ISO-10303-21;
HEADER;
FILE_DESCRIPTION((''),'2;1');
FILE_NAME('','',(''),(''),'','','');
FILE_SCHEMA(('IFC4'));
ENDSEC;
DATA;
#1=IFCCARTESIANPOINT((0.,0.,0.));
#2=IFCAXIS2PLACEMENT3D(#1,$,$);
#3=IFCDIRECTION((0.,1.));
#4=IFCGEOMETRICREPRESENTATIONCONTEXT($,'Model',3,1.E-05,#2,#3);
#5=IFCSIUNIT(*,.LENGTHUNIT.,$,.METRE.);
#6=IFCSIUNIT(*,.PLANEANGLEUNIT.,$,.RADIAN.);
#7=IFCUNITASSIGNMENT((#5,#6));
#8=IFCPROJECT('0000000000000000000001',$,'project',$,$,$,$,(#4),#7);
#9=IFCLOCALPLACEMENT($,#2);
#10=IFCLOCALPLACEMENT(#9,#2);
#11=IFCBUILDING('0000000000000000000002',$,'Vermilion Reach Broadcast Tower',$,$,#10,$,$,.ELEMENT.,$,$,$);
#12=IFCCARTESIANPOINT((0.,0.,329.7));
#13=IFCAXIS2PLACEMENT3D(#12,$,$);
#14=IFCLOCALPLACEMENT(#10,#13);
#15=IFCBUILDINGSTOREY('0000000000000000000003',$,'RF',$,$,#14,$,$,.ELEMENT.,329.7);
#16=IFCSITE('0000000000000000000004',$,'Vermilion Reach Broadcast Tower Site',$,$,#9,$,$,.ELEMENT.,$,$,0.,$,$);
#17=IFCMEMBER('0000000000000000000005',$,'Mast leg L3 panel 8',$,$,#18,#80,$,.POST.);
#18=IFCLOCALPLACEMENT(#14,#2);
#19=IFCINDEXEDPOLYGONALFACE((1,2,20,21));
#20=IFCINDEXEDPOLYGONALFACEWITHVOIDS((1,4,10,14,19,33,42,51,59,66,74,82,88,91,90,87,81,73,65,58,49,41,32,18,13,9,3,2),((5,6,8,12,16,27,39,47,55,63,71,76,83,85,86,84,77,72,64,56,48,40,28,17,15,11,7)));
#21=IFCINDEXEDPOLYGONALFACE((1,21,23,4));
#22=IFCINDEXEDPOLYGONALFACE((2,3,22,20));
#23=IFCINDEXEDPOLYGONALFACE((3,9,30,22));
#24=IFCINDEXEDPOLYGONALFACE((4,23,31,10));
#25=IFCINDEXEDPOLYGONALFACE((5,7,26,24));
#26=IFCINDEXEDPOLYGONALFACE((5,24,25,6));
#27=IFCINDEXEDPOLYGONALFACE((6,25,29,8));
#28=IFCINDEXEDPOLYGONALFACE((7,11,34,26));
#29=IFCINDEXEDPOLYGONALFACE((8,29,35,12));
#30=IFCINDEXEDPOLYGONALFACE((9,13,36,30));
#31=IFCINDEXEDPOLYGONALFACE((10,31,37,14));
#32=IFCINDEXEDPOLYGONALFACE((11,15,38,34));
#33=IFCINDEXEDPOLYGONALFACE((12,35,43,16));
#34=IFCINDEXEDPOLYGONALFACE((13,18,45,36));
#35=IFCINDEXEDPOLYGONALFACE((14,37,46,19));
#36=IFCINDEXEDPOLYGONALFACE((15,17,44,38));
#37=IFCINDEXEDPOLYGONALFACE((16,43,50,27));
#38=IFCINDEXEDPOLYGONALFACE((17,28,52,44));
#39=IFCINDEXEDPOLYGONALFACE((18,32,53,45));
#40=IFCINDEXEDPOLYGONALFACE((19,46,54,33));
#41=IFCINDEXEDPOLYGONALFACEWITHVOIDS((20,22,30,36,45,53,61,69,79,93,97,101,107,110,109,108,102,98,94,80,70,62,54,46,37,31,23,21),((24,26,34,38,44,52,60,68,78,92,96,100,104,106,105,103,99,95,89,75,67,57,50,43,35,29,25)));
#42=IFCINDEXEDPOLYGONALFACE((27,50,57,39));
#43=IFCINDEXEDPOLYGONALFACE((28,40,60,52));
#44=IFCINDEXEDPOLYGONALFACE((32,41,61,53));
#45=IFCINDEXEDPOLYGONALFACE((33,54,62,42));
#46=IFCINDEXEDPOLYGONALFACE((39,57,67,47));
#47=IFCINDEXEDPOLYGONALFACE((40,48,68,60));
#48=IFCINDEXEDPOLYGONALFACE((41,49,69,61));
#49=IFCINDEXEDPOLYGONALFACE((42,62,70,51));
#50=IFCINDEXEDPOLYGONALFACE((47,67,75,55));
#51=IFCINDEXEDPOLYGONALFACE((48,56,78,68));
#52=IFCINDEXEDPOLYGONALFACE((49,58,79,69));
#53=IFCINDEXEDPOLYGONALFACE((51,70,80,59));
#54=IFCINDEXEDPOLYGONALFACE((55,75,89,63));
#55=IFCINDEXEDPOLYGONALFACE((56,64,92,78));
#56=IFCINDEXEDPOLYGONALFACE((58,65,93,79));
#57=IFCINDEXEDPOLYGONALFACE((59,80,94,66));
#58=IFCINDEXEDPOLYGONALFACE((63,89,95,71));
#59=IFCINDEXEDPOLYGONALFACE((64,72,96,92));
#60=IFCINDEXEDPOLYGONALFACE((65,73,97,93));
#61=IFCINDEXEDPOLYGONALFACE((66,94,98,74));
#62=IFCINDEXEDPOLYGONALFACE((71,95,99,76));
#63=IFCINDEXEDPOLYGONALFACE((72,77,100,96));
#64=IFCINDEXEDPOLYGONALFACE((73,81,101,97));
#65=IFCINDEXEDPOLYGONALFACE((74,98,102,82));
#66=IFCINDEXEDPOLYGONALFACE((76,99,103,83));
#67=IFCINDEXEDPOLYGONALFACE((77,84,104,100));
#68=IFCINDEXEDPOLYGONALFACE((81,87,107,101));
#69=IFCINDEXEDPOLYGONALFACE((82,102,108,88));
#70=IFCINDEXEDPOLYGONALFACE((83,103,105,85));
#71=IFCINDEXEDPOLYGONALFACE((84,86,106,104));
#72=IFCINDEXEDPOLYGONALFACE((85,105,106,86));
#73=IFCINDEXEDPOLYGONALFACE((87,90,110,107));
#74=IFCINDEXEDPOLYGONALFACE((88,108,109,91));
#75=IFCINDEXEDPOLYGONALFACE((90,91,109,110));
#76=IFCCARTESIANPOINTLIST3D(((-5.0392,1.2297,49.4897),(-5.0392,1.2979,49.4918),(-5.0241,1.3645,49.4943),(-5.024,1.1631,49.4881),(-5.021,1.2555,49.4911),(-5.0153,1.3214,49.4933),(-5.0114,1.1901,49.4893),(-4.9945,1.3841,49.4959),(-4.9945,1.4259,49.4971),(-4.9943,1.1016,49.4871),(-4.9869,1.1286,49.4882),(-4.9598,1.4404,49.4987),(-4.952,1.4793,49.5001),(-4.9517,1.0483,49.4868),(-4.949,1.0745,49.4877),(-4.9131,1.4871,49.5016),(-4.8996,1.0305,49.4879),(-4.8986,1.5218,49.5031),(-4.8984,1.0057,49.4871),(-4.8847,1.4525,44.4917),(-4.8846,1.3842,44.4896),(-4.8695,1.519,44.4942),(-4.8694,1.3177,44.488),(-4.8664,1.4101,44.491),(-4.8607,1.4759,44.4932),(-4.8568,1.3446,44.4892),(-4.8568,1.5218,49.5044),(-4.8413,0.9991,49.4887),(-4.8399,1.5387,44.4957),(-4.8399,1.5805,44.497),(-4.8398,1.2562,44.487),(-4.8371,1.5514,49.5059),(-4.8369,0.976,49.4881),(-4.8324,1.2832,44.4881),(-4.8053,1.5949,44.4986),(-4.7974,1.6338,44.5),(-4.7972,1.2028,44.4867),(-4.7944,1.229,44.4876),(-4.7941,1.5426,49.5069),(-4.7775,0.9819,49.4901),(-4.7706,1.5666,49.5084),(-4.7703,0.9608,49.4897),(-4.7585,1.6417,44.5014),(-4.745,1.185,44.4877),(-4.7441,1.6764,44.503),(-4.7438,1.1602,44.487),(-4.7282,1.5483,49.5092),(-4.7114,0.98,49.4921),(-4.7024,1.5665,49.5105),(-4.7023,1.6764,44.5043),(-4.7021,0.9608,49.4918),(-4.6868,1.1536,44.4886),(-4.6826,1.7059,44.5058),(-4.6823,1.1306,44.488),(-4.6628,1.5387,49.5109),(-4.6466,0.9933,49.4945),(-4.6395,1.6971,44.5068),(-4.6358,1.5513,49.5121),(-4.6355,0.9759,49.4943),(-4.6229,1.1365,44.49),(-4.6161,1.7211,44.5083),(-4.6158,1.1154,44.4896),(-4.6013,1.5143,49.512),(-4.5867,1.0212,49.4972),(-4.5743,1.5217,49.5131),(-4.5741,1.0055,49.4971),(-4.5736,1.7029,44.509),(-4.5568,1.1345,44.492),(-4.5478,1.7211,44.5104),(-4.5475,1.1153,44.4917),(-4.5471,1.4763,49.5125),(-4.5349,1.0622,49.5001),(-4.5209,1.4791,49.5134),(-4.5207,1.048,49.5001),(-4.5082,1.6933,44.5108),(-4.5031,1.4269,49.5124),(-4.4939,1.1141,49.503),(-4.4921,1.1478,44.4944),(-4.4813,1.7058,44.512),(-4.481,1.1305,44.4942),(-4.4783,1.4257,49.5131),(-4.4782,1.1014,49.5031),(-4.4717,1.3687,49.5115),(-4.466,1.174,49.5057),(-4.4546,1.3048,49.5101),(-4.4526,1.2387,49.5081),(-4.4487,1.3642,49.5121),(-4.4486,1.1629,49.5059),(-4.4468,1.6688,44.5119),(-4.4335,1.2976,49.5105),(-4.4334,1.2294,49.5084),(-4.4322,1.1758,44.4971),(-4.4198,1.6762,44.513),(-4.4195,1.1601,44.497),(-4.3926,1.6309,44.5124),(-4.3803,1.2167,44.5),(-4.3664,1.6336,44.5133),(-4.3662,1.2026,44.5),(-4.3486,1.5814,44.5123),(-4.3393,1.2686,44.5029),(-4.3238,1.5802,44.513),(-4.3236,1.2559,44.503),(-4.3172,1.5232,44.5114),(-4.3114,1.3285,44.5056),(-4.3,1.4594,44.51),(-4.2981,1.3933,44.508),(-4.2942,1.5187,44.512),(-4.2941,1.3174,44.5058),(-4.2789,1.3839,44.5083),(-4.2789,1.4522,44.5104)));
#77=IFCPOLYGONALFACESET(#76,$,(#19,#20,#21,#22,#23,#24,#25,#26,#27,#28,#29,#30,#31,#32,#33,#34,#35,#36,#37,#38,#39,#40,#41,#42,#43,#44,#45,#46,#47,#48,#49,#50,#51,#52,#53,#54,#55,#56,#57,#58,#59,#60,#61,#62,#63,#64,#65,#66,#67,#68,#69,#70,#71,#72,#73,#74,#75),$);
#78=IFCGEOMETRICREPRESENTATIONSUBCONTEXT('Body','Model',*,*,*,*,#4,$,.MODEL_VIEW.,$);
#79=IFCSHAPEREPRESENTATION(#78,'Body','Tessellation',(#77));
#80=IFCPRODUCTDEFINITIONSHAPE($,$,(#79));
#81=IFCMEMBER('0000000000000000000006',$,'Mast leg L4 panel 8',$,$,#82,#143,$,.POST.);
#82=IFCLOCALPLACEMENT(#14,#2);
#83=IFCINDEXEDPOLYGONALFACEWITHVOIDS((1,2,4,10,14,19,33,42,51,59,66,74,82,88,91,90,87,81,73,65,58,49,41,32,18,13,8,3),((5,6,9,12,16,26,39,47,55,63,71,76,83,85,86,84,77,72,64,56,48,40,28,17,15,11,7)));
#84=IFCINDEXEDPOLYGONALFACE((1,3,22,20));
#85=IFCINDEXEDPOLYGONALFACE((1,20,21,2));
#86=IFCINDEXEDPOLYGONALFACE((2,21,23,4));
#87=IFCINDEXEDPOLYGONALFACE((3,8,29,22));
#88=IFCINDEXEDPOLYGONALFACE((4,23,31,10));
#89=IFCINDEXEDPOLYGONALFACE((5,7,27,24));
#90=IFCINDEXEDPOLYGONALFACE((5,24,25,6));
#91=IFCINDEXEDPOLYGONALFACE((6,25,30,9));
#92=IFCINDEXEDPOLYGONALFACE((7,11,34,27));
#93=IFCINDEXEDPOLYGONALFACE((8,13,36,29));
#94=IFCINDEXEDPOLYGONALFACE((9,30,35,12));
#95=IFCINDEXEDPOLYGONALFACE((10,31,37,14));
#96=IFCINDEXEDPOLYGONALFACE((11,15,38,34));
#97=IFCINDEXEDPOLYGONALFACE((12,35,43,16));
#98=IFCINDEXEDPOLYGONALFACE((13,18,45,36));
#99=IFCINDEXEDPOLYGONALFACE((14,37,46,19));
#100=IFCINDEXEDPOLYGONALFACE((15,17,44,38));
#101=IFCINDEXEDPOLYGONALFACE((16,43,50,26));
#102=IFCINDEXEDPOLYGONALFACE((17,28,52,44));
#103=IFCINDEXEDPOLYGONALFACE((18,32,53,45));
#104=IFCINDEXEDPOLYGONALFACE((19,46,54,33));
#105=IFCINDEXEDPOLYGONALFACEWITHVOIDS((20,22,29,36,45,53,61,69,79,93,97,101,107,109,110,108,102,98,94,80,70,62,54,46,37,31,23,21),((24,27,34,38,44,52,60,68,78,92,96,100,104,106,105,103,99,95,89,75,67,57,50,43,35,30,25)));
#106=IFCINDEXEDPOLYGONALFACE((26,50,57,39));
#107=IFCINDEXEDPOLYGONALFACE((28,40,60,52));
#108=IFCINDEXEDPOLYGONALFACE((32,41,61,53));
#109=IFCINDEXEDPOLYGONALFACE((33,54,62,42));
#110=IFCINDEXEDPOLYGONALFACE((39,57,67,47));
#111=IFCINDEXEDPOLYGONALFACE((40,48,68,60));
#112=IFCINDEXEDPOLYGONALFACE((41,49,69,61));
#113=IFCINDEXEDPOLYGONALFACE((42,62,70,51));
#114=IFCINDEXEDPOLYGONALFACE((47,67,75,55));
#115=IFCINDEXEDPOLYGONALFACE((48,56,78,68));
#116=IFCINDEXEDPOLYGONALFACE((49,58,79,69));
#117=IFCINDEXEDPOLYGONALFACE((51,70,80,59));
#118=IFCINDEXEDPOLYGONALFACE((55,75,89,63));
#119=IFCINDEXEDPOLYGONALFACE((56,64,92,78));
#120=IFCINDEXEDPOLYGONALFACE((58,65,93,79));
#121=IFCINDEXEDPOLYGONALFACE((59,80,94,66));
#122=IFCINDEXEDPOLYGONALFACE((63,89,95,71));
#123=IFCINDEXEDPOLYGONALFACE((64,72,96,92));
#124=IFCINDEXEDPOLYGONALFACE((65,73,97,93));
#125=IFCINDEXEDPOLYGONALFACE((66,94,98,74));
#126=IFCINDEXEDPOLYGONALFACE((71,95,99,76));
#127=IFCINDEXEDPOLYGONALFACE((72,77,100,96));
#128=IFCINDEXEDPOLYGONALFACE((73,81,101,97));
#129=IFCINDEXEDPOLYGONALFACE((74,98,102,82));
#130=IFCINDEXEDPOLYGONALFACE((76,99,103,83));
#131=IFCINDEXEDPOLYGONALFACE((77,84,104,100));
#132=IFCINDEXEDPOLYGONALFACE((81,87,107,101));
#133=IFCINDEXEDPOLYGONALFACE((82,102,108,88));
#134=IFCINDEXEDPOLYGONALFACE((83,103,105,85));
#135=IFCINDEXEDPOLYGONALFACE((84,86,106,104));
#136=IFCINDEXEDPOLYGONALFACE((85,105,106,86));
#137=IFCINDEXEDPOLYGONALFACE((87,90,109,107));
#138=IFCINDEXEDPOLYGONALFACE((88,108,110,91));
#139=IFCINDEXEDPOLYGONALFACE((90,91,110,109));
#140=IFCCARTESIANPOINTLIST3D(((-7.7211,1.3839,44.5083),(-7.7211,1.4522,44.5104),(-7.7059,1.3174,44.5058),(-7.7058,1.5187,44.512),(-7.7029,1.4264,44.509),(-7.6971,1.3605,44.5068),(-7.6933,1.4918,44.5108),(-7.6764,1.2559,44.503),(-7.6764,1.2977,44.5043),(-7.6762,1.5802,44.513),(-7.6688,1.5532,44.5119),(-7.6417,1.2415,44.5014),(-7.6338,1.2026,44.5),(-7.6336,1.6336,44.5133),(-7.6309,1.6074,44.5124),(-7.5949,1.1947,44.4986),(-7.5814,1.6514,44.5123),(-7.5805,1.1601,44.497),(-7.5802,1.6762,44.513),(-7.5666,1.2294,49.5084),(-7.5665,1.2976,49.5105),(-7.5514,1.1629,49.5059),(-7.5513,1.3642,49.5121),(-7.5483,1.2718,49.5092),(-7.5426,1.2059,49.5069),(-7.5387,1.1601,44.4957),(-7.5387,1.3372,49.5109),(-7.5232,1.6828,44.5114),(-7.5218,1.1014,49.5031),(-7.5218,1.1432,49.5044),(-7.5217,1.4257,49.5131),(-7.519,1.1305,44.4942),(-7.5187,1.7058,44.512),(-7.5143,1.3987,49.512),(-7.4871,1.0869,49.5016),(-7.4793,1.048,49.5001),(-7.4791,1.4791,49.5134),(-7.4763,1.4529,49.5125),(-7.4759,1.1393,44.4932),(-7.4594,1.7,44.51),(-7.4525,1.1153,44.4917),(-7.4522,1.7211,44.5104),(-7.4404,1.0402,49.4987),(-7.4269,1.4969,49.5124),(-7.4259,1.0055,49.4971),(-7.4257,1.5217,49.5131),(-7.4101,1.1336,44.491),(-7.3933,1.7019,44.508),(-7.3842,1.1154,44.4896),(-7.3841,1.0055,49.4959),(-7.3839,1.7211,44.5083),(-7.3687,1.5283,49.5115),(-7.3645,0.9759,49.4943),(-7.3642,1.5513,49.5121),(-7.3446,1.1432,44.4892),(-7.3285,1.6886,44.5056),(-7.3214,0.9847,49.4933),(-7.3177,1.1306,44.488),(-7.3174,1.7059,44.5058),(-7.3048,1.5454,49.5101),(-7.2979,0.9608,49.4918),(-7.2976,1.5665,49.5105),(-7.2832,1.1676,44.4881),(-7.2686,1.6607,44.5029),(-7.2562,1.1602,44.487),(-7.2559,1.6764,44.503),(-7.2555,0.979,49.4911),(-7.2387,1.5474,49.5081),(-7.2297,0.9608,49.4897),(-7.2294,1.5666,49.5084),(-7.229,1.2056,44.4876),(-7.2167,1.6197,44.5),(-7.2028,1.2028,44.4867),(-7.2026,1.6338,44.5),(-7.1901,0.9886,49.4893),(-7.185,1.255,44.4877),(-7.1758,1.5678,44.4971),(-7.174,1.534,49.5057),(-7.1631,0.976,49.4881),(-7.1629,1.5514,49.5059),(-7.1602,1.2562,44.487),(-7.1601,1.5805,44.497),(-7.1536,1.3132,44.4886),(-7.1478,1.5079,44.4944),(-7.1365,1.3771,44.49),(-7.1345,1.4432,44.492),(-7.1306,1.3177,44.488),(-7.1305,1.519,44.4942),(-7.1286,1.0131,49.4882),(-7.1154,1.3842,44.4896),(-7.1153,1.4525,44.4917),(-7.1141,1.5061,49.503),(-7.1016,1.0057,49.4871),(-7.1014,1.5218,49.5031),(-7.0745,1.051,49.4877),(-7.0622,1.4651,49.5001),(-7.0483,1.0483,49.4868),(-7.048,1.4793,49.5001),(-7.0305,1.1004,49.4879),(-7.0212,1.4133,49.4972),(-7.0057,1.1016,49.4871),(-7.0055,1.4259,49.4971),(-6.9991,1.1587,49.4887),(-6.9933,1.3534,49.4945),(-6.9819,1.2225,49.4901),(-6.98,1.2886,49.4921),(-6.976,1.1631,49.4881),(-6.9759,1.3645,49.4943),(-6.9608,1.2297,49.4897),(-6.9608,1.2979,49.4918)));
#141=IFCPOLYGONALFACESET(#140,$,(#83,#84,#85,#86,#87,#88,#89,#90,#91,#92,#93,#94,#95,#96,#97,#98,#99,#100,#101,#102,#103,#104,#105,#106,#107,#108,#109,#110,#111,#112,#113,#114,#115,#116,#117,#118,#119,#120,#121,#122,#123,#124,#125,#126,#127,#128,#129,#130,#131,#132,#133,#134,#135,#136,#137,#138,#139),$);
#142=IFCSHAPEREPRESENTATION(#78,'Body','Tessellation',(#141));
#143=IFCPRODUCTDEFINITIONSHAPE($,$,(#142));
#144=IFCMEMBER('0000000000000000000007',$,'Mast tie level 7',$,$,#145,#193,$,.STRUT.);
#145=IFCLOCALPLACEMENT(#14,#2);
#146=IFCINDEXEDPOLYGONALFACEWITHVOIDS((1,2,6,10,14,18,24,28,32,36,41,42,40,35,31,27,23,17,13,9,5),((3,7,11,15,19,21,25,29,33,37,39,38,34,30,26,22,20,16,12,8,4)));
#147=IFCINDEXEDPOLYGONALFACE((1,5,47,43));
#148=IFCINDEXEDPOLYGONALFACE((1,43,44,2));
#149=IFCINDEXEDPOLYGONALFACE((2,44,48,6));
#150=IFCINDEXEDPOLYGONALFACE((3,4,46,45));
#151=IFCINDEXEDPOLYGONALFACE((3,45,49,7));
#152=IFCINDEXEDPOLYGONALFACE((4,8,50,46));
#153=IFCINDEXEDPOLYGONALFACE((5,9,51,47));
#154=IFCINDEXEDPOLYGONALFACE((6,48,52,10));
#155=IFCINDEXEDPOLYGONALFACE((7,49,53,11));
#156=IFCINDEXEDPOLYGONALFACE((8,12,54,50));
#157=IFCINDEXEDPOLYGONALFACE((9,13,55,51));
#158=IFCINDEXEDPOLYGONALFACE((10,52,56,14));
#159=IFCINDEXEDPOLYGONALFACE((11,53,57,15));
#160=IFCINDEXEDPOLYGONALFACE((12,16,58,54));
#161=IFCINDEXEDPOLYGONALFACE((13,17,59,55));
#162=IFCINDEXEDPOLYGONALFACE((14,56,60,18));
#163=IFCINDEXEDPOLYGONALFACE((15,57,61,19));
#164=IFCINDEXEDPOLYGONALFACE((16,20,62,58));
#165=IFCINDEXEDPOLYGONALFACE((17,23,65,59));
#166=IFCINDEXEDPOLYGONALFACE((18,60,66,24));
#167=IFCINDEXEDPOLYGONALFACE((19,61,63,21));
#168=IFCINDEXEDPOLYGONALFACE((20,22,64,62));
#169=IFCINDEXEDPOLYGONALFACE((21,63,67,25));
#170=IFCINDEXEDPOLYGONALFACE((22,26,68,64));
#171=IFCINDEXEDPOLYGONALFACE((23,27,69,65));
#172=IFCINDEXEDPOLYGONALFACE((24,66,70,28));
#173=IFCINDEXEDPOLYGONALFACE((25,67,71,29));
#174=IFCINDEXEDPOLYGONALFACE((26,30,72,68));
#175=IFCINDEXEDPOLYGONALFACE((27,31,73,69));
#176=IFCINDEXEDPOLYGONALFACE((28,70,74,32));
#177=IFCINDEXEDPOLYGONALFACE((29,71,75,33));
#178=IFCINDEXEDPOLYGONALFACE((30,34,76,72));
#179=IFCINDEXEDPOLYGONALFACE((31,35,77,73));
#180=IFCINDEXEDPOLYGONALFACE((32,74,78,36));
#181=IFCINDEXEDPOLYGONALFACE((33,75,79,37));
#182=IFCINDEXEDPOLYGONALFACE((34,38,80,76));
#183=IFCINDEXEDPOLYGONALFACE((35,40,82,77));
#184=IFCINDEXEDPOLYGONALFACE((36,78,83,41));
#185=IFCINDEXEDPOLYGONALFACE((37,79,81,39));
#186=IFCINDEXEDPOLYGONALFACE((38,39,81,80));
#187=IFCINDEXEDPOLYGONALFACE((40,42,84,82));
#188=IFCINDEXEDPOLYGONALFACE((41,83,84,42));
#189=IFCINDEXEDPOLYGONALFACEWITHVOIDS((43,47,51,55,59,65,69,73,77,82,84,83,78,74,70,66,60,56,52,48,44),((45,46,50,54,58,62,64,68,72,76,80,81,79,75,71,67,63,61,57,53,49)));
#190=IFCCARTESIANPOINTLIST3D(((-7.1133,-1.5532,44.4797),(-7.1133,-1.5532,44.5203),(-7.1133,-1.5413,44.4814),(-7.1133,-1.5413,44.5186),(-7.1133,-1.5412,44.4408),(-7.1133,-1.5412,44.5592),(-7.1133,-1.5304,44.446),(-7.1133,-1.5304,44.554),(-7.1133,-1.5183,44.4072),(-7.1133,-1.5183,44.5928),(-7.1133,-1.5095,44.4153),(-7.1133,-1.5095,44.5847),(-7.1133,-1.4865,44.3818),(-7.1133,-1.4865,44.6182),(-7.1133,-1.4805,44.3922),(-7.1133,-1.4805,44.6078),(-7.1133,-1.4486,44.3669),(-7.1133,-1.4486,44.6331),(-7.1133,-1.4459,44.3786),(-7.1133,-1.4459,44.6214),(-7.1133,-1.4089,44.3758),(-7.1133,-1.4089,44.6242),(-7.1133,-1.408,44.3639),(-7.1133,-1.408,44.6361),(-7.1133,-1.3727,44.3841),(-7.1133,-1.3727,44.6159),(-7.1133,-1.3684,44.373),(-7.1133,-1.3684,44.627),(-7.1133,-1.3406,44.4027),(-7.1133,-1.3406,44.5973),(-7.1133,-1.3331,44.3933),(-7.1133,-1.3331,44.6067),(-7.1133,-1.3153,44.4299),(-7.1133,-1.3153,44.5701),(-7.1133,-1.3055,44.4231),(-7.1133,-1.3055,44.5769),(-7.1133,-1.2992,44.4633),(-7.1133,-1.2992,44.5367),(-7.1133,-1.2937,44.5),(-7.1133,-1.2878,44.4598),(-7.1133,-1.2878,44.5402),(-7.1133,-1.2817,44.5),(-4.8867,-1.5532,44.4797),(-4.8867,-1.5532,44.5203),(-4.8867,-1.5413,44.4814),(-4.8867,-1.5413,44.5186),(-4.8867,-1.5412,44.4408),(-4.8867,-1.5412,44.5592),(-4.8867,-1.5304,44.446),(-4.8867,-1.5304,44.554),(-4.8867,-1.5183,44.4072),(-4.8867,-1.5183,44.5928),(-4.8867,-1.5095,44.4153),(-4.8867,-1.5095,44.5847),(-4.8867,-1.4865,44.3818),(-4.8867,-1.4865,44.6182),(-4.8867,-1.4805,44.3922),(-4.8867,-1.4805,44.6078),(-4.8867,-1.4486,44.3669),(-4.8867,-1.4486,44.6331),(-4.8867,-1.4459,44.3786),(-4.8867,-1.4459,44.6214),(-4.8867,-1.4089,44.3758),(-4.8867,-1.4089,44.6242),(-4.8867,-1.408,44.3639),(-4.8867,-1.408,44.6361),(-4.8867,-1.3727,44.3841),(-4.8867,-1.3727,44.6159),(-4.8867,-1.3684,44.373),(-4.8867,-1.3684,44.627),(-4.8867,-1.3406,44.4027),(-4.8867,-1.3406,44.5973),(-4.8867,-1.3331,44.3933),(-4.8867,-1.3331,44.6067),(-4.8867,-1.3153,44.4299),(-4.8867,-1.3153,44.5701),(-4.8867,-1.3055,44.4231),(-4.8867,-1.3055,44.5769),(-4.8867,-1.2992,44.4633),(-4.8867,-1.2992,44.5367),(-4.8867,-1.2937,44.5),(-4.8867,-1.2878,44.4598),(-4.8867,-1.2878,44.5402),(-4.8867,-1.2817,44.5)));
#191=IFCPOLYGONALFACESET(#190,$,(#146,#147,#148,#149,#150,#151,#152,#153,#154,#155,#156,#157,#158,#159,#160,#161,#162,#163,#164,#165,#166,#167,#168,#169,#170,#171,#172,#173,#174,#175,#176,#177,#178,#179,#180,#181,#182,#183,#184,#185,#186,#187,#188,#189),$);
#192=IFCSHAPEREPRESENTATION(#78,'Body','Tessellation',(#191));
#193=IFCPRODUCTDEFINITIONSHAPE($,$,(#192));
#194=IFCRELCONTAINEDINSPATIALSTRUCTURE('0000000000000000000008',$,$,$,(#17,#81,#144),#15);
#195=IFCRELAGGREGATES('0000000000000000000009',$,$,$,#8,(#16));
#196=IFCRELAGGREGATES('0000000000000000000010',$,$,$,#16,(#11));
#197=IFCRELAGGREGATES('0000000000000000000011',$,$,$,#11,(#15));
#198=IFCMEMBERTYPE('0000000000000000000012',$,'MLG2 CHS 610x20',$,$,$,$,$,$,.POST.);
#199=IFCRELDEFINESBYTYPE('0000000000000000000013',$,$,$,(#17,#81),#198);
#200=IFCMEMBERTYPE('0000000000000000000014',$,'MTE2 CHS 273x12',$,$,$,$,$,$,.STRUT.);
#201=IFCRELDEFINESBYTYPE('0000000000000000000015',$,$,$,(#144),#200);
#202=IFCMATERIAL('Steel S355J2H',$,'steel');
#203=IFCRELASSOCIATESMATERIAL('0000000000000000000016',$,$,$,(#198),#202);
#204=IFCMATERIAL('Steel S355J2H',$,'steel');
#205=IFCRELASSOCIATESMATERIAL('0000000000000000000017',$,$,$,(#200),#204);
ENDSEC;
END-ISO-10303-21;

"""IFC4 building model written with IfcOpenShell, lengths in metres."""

from ifc_helpers import new_model, si_unit, direction, frame, origin, origin_2d, place, context, subcontext, project, spatial, hollow_circle, extrude, material, material_profile, profile_set, type_object, element, save


model = new_model("IFC4")

# Units and contexts
model_context = context("Model", 3, precision=1e-05, world=origin(), true_north=direction((0.0, 1.0)))
body_context = subcontext(model_context, "Body", "Model", "MODEL_VIEW")
ifc_project = project(units=[si_unit("LENGTHUNIT", "METRE"), si_unit("PLANEANGLEUNIT", "RADIAN")], contexts=[model_context])

# Site, building, storey
site_placement = place(None, origin())
site = spatial("IfcSite", under=ifc_project, at=site_placement, Name="Vermilion Reach Broadcast Tower Site", CompositionType="ELEMENT", RefElevation=0.0)
building_placement = place(site_placement, origin())
building = spatial("IfcBuilding", under=site, at=building_placement, Name="Vermilion Reach Broadcast Tower", CompositionType="ELEMENT")
storey_placement = place(building_placement, frame((0.0, 0.0, 329.7)))
storey = spatial("IfcBuildingStorey", under=building, at=storey_placement, Name="RF", CompositionType="ELEMENT", Elevation=329.7)

# Members
ifc_material_1 = material(Name="Steel S355J2H", Category="steel")
ifc_material_profile_1 = material_profile(ifc_material_1, hollow_circle(Radius=0.3049, WallThickness=0.02, at=origin_2d()), Name="S355J2H CHS 610x20")
ifc_profile_set_1 = profile_set([ifc_material_profile_1], Name="Steel S355J2H")
member_type_1 = type_object("IfcMemberType", Name="MLG2 CHS 610x20", PredefinedType="POST", material=ifc_profile_set_1)
for number, where, z_axis, x_axis, name in (
    (1, (-4.5818, 1.4182, 44.5), (-0.030879, -0.030879, 0.999046), (0.707107, -0.707107, 0.0), "Mast leg L3 panel 8"),
    (2, (-7.4182, 1.4182, 44.5), (0.030879, -0.030879, 0.999046), (0.707107, 0.707107, 0.0), "Mast leg L4 panel 8"),
):
    element("IfcMember", number, at=place(storey_placement, frame(where, z_axis=z_axis, x_axis=x_axis)), inside=storey, type_object=member_type_1, Name=name, PredefinedType="POST", context=body_context, shape_type="SweptSolid", body=[
        extrude(hollow_circle(Radius=0.3049, WallThickness=0.02, at=origin_2d()), origin(), (0.0, 0.0, 1.0), 5.0049),
    ])
ifc_material_2 = material(Name="Steel S355J2H", Category="steel")
ifc_material_profile_2 = material_profile(ifc_material_2, hollow_circle(Radius=0.1365, WallThickness=0.012, at=origin_2d()), Name="S355J2H CHS 273x12")
ifc_profile_set_2 = profile_set([ifc_material_profile_2], Name="Steel S355J2H")
member_type_2 = type_object("IfcMemberType", Name="MTE2 CHS 273x12", PredefinedType="STRUT", material=ifc_profile_set_2)
for number, where, z_axis, x_axis, name in (
    (3, (-7.1133, -1.4182, 44.5), (1.0, 0.0, 0.0), (0.0, 1.0, 0.0), "Mast tie level 7"),
):
    element("IfcMember", number, at=place(storey_placement, frame(where, z_axis=z_axis, x_axis=x_axis)), inside=storey, type_object=member_type_2, Name=name, PredefinedType="STRUT", context=body_context, shape_type="SweptSolid", body=[
        extrude(hollow_circle(Radius=0.1365, WallThickness=0.012, at=origin_2d()), origin(), (0.0, 0.0, 1.0), 2.2266),
    ])

save(model, "model.ifc")
